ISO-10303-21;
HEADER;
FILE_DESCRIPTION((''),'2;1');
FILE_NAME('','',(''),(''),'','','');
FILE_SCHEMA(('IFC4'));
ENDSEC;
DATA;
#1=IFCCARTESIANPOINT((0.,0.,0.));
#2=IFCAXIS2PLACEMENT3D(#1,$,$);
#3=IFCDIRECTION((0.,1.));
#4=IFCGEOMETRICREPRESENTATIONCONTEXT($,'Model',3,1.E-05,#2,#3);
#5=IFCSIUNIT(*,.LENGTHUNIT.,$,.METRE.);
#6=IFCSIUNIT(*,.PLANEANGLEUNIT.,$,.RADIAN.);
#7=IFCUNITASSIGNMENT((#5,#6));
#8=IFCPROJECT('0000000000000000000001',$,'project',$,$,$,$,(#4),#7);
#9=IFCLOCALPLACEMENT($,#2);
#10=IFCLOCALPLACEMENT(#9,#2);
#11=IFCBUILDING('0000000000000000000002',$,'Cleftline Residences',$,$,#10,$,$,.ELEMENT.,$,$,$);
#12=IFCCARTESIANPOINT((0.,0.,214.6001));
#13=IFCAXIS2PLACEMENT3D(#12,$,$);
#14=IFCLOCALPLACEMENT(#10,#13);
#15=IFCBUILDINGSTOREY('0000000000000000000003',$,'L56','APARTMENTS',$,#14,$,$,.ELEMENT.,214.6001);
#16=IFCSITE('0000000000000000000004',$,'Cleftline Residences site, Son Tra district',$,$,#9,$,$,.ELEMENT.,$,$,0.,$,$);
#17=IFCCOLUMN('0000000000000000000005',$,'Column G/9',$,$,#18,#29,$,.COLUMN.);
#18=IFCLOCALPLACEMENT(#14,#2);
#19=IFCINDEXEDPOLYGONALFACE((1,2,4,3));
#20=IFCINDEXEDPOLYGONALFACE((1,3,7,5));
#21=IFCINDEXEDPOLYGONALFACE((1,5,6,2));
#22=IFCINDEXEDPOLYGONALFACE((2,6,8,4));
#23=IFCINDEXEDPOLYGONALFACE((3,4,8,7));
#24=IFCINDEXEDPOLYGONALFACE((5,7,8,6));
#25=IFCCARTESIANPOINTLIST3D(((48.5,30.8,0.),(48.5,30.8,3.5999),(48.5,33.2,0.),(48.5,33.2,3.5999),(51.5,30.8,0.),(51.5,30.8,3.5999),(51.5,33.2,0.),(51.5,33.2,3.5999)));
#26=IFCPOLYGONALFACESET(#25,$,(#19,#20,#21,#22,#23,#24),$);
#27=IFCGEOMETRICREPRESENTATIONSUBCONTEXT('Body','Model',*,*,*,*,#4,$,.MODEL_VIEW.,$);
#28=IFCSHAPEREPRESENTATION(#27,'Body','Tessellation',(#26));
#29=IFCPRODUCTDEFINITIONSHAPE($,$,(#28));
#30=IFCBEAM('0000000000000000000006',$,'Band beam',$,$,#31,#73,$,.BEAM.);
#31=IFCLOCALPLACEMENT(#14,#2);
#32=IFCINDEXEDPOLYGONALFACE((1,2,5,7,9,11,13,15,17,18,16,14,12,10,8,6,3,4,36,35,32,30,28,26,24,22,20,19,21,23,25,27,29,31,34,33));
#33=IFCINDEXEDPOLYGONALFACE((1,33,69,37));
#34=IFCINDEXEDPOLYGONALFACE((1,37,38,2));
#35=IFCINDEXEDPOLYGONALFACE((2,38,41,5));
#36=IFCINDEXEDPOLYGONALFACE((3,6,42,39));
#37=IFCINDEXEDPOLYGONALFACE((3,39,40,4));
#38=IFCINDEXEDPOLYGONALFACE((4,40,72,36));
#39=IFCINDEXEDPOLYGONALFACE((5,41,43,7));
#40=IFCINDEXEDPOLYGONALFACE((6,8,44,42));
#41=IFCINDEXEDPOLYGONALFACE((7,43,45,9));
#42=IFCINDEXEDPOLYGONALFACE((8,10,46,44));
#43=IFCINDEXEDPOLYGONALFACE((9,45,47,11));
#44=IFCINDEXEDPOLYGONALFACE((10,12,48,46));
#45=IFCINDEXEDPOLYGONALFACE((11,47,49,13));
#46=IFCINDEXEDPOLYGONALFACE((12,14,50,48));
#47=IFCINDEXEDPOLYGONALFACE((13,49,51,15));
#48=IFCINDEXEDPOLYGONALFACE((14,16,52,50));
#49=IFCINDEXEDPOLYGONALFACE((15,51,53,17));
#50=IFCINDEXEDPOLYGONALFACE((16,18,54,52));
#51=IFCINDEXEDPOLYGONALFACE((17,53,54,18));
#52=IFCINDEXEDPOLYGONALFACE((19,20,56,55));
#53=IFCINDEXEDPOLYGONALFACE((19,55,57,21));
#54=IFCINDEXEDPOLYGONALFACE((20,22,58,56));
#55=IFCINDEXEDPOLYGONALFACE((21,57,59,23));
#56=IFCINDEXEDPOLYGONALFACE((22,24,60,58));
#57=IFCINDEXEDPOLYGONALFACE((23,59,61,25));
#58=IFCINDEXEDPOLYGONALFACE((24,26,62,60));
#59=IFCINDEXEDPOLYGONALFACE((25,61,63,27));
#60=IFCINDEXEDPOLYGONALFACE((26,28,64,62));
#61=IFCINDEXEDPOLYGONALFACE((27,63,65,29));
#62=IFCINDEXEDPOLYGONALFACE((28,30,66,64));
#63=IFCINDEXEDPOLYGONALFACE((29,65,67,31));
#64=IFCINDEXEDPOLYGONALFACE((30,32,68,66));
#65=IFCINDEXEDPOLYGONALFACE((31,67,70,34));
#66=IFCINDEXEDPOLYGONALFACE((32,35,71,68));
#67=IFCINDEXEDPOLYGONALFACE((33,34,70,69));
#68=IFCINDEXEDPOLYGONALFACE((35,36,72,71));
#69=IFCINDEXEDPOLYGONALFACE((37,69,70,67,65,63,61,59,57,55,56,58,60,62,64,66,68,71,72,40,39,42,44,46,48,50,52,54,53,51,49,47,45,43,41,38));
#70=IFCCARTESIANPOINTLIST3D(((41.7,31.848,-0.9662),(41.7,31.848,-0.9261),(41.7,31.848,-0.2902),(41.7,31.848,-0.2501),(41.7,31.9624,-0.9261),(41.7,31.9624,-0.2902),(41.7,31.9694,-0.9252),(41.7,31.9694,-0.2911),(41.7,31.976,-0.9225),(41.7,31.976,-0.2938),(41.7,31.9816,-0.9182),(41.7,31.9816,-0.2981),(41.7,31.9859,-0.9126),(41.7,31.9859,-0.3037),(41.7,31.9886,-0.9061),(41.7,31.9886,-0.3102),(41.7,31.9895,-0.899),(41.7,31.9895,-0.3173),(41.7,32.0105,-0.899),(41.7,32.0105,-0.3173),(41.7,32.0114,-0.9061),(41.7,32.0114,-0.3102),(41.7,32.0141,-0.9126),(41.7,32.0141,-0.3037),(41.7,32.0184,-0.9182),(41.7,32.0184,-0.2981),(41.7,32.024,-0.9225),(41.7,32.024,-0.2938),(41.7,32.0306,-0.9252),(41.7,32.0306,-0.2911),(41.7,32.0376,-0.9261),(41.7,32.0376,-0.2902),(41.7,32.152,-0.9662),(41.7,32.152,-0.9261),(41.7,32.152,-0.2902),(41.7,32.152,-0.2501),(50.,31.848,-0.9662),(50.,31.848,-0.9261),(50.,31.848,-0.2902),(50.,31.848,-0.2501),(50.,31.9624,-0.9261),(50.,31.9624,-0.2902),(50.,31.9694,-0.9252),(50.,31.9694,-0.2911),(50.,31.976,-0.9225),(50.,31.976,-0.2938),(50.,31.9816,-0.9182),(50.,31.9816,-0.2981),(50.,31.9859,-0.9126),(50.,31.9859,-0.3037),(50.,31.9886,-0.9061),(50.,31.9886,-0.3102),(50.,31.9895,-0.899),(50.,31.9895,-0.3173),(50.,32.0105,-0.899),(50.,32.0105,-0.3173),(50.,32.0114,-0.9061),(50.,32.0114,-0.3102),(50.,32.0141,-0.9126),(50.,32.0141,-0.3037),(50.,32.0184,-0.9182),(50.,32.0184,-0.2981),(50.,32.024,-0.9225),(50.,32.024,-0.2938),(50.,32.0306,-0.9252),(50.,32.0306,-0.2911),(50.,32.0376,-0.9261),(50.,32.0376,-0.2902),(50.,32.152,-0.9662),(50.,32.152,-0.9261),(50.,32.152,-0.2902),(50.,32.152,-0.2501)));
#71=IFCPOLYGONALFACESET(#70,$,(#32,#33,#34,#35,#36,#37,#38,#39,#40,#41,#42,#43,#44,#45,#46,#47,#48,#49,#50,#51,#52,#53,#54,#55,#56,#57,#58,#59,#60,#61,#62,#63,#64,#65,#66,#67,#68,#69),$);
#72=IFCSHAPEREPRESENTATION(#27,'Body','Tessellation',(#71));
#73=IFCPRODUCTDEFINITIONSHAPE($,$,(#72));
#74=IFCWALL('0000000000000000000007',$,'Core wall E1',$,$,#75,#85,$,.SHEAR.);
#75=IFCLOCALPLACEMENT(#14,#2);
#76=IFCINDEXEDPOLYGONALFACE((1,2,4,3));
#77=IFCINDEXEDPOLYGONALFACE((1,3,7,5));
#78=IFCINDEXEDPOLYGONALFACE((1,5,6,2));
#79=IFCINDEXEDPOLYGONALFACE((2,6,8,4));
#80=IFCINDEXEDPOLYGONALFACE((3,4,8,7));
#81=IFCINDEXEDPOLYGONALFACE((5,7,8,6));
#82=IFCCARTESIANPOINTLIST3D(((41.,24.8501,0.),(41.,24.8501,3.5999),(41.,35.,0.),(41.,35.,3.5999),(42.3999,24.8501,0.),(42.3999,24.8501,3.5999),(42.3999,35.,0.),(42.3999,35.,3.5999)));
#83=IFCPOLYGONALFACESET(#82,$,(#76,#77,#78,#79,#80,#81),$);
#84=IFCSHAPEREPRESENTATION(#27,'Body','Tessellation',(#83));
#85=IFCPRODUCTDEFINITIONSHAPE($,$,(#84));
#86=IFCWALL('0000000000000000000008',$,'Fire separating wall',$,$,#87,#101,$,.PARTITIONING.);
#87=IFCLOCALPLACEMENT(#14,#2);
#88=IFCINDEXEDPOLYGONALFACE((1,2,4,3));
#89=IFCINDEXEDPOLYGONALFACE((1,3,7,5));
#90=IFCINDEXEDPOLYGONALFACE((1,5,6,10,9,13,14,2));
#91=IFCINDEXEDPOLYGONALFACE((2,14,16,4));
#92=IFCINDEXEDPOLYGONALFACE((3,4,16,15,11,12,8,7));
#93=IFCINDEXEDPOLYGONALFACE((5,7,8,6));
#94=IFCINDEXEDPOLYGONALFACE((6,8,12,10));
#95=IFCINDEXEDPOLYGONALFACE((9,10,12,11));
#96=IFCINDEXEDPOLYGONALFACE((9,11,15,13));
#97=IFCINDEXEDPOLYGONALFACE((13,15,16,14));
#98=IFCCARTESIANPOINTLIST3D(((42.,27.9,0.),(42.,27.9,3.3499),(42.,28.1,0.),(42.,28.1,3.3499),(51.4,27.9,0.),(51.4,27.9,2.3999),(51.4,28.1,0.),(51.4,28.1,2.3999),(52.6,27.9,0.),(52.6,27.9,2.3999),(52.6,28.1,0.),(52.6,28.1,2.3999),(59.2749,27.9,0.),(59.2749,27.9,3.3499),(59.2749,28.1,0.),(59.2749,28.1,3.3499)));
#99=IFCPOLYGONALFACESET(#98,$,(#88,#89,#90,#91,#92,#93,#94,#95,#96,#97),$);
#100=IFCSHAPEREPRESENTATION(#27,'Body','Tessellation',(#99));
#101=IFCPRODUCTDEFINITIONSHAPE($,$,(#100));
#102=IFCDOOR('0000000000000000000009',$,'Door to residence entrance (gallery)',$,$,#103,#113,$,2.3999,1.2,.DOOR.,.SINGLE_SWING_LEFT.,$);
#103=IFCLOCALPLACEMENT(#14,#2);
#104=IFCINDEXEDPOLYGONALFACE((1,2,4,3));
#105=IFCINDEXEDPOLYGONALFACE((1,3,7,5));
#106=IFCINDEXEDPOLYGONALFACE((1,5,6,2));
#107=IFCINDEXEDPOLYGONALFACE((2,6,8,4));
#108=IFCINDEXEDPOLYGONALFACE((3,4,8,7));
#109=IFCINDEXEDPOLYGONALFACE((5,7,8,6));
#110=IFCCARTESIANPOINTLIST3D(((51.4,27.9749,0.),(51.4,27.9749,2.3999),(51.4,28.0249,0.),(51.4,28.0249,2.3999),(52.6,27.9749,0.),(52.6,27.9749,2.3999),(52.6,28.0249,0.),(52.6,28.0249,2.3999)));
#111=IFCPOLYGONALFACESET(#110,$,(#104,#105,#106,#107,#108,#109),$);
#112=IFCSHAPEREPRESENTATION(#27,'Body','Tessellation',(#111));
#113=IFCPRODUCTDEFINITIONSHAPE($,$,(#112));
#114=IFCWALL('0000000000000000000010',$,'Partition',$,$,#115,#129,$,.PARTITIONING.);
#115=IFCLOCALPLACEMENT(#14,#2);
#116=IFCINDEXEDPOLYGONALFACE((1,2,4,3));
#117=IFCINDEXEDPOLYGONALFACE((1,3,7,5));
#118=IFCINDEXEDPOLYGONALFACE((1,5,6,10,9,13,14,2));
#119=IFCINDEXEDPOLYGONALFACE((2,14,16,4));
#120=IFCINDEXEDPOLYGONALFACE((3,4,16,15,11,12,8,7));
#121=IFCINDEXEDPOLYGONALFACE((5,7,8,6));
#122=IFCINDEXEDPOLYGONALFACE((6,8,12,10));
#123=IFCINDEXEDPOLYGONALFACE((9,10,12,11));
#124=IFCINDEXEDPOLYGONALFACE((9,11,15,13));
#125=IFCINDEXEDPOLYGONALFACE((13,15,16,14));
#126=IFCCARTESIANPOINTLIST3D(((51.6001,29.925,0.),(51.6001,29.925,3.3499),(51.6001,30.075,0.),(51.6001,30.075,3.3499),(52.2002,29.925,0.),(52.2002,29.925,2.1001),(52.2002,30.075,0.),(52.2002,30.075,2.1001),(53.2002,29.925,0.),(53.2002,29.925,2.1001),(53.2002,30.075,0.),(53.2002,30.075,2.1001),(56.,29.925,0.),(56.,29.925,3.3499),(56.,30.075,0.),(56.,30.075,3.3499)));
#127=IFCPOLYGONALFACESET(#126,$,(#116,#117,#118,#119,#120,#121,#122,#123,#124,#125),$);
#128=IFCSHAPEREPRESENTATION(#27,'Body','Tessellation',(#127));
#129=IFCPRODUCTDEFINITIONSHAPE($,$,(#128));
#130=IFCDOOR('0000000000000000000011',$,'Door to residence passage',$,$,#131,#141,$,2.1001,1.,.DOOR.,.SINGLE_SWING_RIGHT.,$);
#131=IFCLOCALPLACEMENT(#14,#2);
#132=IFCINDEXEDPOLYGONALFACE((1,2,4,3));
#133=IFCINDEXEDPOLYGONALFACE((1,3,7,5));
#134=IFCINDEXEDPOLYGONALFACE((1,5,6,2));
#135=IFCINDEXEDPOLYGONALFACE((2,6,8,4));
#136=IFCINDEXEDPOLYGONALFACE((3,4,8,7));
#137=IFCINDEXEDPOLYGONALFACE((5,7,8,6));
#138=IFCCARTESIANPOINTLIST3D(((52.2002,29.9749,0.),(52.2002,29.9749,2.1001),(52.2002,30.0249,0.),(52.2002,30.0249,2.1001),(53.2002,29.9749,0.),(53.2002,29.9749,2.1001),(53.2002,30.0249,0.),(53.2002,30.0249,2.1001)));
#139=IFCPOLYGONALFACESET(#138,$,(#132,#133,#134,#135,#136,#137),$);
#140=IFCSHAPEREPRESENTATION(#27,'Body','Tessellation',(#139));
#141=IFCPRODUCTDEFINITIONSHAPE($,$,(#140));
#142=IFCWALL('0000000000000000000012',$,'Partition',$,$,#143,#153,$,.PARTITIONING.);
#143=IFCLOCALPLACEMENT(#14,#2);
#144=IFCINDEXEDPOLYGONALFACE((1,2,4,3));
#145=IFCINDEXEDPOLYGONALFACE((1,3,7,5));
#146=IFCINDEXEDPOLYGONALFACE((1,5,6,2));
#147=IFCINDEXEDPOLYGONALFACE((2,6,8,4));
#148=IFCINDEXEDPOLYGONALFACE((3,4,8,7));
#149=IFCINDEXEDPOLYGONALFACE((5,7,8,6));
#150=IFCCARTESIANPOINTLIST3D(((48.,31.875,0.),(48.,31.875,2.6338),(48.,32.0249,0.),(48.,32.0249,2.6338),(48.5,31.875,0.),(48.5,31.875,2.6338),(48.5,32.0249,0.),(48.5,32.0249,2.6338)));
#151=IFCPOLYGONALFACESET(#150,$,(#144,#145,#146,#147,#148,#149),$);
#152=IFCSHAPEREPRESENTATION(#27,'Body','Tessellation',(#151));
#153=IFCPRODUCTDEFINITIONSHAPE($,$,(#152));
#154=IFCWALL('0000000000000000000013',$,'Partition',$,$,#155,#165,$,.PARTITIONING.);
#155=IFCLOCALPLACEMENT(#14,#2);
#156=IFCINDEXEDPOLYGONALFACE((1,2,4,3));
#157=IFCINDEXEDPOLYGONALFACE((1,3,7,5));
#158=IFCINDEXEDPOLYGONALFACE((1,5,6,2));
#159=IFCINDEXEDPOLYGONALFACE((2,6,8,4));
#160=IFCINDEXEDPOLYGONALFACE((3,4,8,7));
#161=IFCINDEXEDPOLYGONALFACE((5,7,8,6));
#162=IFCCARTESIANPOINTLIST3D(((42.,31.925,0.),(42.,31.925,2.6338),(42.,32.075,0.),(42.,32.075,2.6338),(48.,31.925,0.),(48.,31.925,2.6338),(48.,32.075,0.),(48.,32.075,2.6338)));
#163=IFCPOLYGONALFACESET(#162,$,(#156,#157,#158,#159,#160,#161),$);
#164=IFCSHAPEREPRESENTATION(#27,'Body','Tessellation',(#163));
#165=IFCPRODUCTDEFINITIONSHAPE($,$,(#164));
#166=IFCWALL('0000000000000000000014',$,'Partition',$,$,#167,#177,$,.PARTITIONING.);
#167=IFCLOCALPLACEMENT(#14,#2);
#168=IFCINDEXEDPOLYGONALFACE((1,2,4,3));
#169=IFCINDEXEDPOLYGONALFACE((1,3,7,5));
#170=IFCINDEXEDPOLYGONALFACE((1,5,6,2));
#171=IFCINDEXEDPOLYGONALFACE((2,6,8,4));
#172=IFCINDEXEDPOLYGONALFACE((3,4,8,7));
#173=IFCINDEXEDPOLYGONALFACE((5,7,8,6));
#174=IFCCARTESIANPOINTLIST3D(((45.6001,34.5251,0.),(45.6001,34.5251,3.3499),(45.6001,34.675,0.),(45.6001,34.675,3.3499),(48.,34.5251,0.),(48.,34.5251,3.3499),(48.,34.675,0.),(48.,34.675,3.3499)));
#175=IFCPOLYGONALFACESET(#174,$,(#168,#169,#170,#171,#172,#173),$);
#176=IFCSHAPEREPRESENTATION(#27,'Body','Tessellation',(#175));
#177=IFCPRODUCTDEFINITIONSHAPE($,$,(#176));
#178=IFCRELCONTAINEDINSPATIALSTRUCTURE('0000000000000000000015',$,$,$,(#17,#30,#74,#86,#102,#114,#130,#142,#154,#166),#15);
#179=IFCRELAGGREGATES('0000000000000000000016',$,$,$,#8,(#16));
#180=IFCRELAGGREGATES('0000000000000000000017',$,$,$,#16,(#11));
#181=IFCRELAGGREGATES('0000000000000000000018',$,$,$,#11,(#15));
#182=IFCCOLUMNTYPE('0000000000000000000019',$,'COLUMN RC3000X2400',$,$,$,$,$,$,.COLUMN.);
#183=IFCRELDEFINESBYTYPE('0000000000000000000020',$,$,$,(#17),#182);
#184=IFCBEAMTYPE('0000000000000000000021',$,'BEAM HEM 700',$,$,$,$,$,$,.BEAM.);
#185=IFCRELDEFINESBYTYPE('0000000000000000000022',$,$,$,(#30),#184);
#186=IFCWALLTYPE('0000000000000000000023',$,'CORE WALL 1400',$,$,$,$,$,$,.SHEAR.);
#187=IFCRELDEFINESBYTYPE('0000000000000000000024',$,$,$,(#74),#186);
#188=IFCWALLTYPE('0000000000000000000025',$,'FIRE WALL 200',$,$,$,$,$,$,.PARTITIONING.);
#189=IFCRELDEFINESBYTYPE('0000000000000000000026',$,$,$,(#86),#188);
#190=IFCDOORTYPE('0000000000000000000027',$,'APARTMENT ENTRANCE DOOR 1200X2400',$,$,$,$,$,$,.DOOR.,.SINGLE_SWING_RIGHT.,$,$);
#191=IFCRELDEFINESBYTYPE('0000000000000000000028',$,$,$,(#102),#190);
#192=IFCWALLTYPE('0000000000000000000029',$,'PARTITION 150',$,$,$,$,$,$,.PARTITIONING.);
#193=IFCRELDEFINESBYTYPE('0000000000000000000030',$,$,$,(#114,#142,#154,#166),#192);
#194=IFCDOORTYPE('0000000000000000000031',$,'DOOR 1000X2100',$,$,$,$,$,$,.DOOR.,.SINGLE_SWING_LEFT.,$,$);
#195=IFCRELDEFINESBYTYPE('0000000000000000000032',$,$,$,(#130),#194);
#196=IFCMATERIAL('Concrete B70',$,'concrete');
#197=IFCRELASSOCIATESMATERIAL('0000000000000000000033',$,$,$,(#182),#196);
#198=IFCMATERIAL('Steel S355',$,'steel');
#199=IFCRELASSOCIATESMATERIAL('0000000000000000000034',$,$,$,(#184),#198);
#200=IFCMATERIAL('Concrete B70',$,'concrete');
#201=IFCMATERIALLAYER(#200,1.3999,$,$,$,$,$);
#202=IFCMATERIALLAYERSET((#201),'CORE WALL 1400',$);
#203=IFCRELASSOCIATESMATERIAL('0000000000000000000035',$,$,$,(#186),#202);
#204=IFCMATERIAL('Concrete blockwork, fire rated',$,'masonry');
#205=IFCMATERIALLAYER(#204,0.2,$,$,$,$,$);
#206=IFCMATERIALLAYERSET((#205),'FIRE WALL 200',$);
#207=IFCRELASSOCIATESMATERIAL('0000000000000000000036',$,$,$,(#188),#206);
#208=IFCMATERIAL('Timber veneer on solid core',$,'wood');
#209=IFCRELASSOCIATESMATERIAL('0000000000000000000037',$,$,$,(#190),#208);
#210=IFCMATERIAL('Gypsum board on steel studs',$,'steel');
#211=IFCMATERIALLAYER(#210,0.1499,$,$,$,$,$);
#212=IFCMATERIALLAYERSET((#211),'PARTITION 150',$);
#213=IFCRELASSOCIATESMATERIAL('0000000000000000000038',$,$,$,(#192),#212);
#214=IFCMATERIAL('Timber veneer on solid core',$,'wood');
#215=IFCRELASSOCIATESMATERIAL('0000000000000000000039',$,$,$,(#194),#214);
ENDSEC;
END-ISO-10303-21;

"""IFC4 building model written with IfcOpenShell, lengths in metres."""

from ifc_helpers import new_model, si_unit, direction, frame, frame_2d, origin, origin_2d, place, context, subcontext, project, spatial, rectangle, i_section, extrude, material, layer, layer_set, material_profile, profile_set, type_object, element, fill, save


model = new_model("IFC4")

# Units and contexts
model_context = context("Model", 3, precision=1e-05, world=origin(), true_north=direction((0.0, 1.0)))
body_context = subcontext(model_context, "Body", "Model", "MODEL_VIEW")
ifc_project = project(units=[si_unit("LENGTHUNIT", "METRE"), si_unit("PLANEANGLEUNIT", "RADIAN")], contexts=[model_context])

# Site, building, storey
site_placement = place(None, origin())
site = spatial("IfcSite", under=ifc_project, at=site_placement, Name="Cleftline Residences site, Son Tra district", CompositionType="ELEMENT", RefElevation=0.0)
building_placement = place(site_placement, origin())
building = spatial("IfcBuilding", under=site, at=building_placement, Name="Cleftline Residences", CompositionType="ELEMENT")
storey_placement = place(building_placement, frame((0.0, 0.0, 214.6001)))
storey = spatial("IfcBuildingStorey", under=building, at=storey_placement, Name="L56", Description="APARTMENTS", CompositionType="ELEMENT", Elevation=214.6001)

# Column
ifc_material_1 = material(Name="Concrete B70", Category="concrete")
ifc_material_profile_1 = material_profile(ifc_material_1, rectangle(XDim=3.0, YDim=2.3999, at=origin_2d()))
ifc_profile_set_1 = profile_set([ifc_material_profile_1], Name="Concrete B70")
column_type = type_object("IfcColumnType", Name="COLUMN RC3000X2400", PredefinedType="COLUMN", material=ifc_profile_set_1)
column_placement = place(storey_placement, frame((50.0, 32.0, 0.0), z_axis=(0.0, 0.0, 1.0), x_axis=(1.0, 0.0, 0.0)))
element("IfcColumn", 1, at=column_placement, inside=storey, type_object=column_type, Name="Column G/9", PredefinedType="COLUMN", context=body_context, shape_type="SweptSolid", body=[
    extrude(rectangle(XDim=3.0, YDim=2.3999, at=origin_2d()), origin(), (0.0, 0.0, 1.0), 3.5999),
])

# Beam
ifc_material_2 = material(Name="Steel S355", Category="steel")
ifc_material_profile_2 = material_profile(ifc_material_2, i_section(OverallWidth=0.304, OverallDepth=0.7161, WebThickness=0.021, FlangeThickness=0.04, FilletRadius=0.0271, at=origin_2d()))
ifc_profile_set_2 = profile_set([ifc_material_profile_2], Name="Steel S355")
beam_type = type_object("IfcBeamType", Name="BEAM HEM 700", PredefinedType="BEAM", material=ifc_profile_set_2)
beam_placement = place(storey_placement, frame((50.0, 32.0, -0.6082), z_axis=(-1.0, 0.0, 0.0), x_axis=(0.0, -1.0, 0.0)))
element("IfcBeam", 2, at=beam_placement, inside=storey, type_object=beam_type, Name="Band beam", PredefinedType="BEAM", context=body_context, shape_type="SweptSolid", body=[
    extrude(i_section(OverallWidth=0.304, OverallDepth=0.7161, WebThickness=0.021, FlangeThickness=0.04, FilletRadius=0.0271, at=origin_2d()), origin(), (0.0, 0.0, 1.0), 8.3),
])

# Wall
ifc_material_3 = material(Name="Concrete B70", Category="concrete")
ifc_layer_1 = layer(ifc_material_3, 1.3999)
ifc_layer_set_1 = layer_set([ifc_layer_1], Name="CORE WALL 1400")
wall_type_1 = type_object("IfcWallType", Name="CORE WALL 1400", PredefinedType="SHEAR", material=ifc_layer_set_1)
wall_1_placement = place(storey_placement, frame((41.7, 24.8501, 0.0), z_axis=(0.0, 0.0, 1.0), x_axis=(0.0, 1.0, 0.0)))
element("IfcWall", 3, at=wall_1_placement, inside=storey, type_object=wall_type_1, Name="Core wall E1", PredefinedType="SHEAR", context=body_context, shape_type="SweptSolid", body=[
    extrude(rectangle(XDim=10.1499, YDim=1.3999, at=frame_2d((5.075, 0.0))), origin(), (0.0, 0.0, 1.0), 3.5999),
])

# Walls, openings, doors
ifc_material_4 = material(Name="Concrete blockwork, fire rated", Category="masonry")
ifc_layer_2 = layer(ifc_material_4, 0.2)
ifc_layer_set_2 = layer_set([ifc_layer_2], Name="FIRE WALL 200")
wall_type_2 = type_object("IfcWallType", Name="FIRE WALL 200", PredefinedType="PARTITIONING", material=ifc_layer_set_2)
wall_2_placement = place(storey_placement, frame((42.0, 28.0, 0.0), z_axis=(0.0, 0.0, 1.0), x_axis=(1.0, 0.0, 0.0)))
wall_2 = element("IfcWall", 4, at=wall_2_placement, inside=storey, type_object=wall_type_2, Name="Fire separating wall", PredefinedType="PARTITIONING", context=body_context, shape_type="SweptSolid", body=[
    extrude(rectangle(XDim=17.2749, YDim=0.2, at=frame_2d((8.6375, 0.0))), origin(), (0.0, 0.0, 1.0), 3.3499),
])
opening_1_placement = place(wall_2_placement, frame((9.3999, 0.0, 0.0)))
opening_1 = element("IfcOpeningElement", 5, at=opening_1_placement, cuts=wall_2, PredefinedType="OPENING", context=body_context, shape_type="SweptSolid", body=[
    extrude(rectangle(XDim=1.2, YDim=2.3999, at=frame_2d((0.6001, 1.2))), frame((0.0, 0.1099, 0.0), z_axis=(0.0, -1.0, 0.0), x_axis=(1.0, 0.0, 0.0)), (0.0, 0.0, 1.0), 0.22),
])
ifc_material_5 = material(Name="Timber veneer on solid core", Category="wood")
door_type_1 = type_object("IfcDoorType", Name="APARTMENT ENTRANCE DOOR 1200X2400", OperationType="SINGLE_SWING_RIGHT", PredefinedType="DOOR", material=ifc_material_5)
door_1_placement = place(opening_1_placement, origin())
door_1 = element("IfcDoor", 6, at=door_1_placement, inside=storey, type_object=door_type_1, Name="Door to residence entrance (gallery)", OperationType="SINGLE_SWING_LEFT", OverallHeight=2.3999, OverallWidth=1.2, PredefinedType="DOOR", context=body_context, shape_type="SweptSolid", body=[
    extrude(rectangle(XDim=1.2, YDim=2.3999, at=frame_2d((0.6001, 1.2))), frame((0.0, 0.0249, 0.0), z_axis=(0.0, -1.0, 0.0), x_axis=(1.0, 0.0, 0.0)), (0.0, 0.0, 1.0), 0.05),
])
fill(opening_1, door_1)
ifc_material_6 = material(Name="Gypsum board on steel studs", Category="steel")
ifc_layer_3 = layer(ifc_material_6, 0.1499)
ifc_layer_set_3 = layer_set([ifc_layer_3], Name="PARTITION 150")
wall_type_3 = type_object("IfcWallType", Name="PARTITION 150", PredefinedType="PARTITIONING", material=ifc_layer_set_3)
wall_3_placement = place(storey_placement, frame((51.6001, 30.0, 0.0), z_axis=(0.0, 0.0, 1.0), x_axis=(1.0, 0.0, 0.0)))
wall_3 = element("IfcWall", 7, at=wall_3_placement, inside=storey, type_object=wall_type_3, Name="Partition", PredefinedType="PARTITIONING", context=body_context, shape_type="SweptSolid", body=[
    extrude(rectangle(XDim=4.3999, YDim=0.1499, at=frame_2d((2.2, 0.0))), origin(), (0.0, 0.0, 1.0), 3.3499),
])
opening_2_placement = place(wall_3_placement, frame((0.6001, 0.0, 0.0)))
opening_2 = element("IfcOpeningElement", 8, at=opening_2_placement, cuts=wall_3, PredefinedType="OPENING", context=body_context, shape_type="SweptSolid", body=[
    extrude(rectangle(XDim=1.0, YDim=2.1001, at=frame_2d((0.5, 1.05))), frame((0.0, 0.085, 0.0), z_axis=(0.0, -1.0, 0.0), x_axis=(1.0, 0.0, 0.0)), (0.0, 0.0, 1.0), 0.1699),
])
ifc_material_7 = material(Name="Timber veneer on solid core", Category="wood")
door_type_2 = type_object("IfcDoorType", Name="DOOR 1000X2100", OperationType="SINGLE_SWING_LEFT", PredefinedType="DOOR", material=ifc_material_7)
door_2_placement = place(opening_2_placement, origin())
door_2 = element("IfcDoor", 9, at=door_2_placement, inside=storey, type_object=door_type_2, Name="Door to residence passage", OperationType="SINGLE_SWING_RIGHT", OverallHeight=2.1001, OverallWidth=1.0, PredefinedType="DOOR", context=body_context, shape_type="SweptSolid", body=[
    extrude(rectangle(XDim=1.0, YDim=2.1001, at=frame_2d((0.5, 1.05))), frame((0.0, 0.0249, 0.0), z_axis=(0.0, -1.0, 0.0), x_axis=(1.0, 0.0, 0.0)), (0.0, 0.0, 1.0), 0.05),
])
fill(opening_2, door_2)

# Walls
wall_4_placement = place(storey_placement, frame((48.0, 31.95, 0.0), z_axis=(0.0, 0.0, 1.0), x_axis=(1.0, 0.0, 0.0)))
element("IfcWall", 10, at=wall_4_placement, inside=storey, type_object=wall_type_3, Name="Partition", PredefinedType="PARTITIONING", context=body_context, shape_type="SweptSolid", body=[
    extrude(rectangle(XDim=0.5, YDim=0.1499, at=frame_2d((0.25, 0.0))), origin(), (0.0, 0.0, 1.0), 2.6338),
])
wall_5_placement = place(storey_placement, frame((42.0, 32.0, 0.0), z_axis=(0.0, 0.0, 1.0), x_axis=(1.0, 0.0, 0.0)))
element("IfcWall", 11, at=wall_5_placement, inside=storey, type_object=wall_type_3, Name="Partition", PredefinedType="PARTITIONING", context=body_context, shape_type="SweptSolid", body=[
    extrude(rectangle(XDim=6.0, YDim=0.1499, at=frame_2d((3.0, 0.0))), origin(), (0.0, 0.0, 1.0), 2.6338),
])
wall_6_placement = place(storey_placement, frame((45.6001, 34.6001, 0.0), z_axis=(0.0, 0.0, 1.0), x_axis=(1.0, 0.0, 0.0)))
element("IfcWall", 12, at=wall_6_placement, inside=storey, type_object=wall_type_3, Name="Partition", PredefinedType="PARTITIONING", context=body_context, shape_type="SweptSolid", body=[
    extrude(rectangle(XDim=2.3999, YDim=0.1499, at=frame_2d((1.2, 0.0))), origin(), (0.0, 0.0, 1.0), 3.3499),
])

save(model, "model.ifc")
